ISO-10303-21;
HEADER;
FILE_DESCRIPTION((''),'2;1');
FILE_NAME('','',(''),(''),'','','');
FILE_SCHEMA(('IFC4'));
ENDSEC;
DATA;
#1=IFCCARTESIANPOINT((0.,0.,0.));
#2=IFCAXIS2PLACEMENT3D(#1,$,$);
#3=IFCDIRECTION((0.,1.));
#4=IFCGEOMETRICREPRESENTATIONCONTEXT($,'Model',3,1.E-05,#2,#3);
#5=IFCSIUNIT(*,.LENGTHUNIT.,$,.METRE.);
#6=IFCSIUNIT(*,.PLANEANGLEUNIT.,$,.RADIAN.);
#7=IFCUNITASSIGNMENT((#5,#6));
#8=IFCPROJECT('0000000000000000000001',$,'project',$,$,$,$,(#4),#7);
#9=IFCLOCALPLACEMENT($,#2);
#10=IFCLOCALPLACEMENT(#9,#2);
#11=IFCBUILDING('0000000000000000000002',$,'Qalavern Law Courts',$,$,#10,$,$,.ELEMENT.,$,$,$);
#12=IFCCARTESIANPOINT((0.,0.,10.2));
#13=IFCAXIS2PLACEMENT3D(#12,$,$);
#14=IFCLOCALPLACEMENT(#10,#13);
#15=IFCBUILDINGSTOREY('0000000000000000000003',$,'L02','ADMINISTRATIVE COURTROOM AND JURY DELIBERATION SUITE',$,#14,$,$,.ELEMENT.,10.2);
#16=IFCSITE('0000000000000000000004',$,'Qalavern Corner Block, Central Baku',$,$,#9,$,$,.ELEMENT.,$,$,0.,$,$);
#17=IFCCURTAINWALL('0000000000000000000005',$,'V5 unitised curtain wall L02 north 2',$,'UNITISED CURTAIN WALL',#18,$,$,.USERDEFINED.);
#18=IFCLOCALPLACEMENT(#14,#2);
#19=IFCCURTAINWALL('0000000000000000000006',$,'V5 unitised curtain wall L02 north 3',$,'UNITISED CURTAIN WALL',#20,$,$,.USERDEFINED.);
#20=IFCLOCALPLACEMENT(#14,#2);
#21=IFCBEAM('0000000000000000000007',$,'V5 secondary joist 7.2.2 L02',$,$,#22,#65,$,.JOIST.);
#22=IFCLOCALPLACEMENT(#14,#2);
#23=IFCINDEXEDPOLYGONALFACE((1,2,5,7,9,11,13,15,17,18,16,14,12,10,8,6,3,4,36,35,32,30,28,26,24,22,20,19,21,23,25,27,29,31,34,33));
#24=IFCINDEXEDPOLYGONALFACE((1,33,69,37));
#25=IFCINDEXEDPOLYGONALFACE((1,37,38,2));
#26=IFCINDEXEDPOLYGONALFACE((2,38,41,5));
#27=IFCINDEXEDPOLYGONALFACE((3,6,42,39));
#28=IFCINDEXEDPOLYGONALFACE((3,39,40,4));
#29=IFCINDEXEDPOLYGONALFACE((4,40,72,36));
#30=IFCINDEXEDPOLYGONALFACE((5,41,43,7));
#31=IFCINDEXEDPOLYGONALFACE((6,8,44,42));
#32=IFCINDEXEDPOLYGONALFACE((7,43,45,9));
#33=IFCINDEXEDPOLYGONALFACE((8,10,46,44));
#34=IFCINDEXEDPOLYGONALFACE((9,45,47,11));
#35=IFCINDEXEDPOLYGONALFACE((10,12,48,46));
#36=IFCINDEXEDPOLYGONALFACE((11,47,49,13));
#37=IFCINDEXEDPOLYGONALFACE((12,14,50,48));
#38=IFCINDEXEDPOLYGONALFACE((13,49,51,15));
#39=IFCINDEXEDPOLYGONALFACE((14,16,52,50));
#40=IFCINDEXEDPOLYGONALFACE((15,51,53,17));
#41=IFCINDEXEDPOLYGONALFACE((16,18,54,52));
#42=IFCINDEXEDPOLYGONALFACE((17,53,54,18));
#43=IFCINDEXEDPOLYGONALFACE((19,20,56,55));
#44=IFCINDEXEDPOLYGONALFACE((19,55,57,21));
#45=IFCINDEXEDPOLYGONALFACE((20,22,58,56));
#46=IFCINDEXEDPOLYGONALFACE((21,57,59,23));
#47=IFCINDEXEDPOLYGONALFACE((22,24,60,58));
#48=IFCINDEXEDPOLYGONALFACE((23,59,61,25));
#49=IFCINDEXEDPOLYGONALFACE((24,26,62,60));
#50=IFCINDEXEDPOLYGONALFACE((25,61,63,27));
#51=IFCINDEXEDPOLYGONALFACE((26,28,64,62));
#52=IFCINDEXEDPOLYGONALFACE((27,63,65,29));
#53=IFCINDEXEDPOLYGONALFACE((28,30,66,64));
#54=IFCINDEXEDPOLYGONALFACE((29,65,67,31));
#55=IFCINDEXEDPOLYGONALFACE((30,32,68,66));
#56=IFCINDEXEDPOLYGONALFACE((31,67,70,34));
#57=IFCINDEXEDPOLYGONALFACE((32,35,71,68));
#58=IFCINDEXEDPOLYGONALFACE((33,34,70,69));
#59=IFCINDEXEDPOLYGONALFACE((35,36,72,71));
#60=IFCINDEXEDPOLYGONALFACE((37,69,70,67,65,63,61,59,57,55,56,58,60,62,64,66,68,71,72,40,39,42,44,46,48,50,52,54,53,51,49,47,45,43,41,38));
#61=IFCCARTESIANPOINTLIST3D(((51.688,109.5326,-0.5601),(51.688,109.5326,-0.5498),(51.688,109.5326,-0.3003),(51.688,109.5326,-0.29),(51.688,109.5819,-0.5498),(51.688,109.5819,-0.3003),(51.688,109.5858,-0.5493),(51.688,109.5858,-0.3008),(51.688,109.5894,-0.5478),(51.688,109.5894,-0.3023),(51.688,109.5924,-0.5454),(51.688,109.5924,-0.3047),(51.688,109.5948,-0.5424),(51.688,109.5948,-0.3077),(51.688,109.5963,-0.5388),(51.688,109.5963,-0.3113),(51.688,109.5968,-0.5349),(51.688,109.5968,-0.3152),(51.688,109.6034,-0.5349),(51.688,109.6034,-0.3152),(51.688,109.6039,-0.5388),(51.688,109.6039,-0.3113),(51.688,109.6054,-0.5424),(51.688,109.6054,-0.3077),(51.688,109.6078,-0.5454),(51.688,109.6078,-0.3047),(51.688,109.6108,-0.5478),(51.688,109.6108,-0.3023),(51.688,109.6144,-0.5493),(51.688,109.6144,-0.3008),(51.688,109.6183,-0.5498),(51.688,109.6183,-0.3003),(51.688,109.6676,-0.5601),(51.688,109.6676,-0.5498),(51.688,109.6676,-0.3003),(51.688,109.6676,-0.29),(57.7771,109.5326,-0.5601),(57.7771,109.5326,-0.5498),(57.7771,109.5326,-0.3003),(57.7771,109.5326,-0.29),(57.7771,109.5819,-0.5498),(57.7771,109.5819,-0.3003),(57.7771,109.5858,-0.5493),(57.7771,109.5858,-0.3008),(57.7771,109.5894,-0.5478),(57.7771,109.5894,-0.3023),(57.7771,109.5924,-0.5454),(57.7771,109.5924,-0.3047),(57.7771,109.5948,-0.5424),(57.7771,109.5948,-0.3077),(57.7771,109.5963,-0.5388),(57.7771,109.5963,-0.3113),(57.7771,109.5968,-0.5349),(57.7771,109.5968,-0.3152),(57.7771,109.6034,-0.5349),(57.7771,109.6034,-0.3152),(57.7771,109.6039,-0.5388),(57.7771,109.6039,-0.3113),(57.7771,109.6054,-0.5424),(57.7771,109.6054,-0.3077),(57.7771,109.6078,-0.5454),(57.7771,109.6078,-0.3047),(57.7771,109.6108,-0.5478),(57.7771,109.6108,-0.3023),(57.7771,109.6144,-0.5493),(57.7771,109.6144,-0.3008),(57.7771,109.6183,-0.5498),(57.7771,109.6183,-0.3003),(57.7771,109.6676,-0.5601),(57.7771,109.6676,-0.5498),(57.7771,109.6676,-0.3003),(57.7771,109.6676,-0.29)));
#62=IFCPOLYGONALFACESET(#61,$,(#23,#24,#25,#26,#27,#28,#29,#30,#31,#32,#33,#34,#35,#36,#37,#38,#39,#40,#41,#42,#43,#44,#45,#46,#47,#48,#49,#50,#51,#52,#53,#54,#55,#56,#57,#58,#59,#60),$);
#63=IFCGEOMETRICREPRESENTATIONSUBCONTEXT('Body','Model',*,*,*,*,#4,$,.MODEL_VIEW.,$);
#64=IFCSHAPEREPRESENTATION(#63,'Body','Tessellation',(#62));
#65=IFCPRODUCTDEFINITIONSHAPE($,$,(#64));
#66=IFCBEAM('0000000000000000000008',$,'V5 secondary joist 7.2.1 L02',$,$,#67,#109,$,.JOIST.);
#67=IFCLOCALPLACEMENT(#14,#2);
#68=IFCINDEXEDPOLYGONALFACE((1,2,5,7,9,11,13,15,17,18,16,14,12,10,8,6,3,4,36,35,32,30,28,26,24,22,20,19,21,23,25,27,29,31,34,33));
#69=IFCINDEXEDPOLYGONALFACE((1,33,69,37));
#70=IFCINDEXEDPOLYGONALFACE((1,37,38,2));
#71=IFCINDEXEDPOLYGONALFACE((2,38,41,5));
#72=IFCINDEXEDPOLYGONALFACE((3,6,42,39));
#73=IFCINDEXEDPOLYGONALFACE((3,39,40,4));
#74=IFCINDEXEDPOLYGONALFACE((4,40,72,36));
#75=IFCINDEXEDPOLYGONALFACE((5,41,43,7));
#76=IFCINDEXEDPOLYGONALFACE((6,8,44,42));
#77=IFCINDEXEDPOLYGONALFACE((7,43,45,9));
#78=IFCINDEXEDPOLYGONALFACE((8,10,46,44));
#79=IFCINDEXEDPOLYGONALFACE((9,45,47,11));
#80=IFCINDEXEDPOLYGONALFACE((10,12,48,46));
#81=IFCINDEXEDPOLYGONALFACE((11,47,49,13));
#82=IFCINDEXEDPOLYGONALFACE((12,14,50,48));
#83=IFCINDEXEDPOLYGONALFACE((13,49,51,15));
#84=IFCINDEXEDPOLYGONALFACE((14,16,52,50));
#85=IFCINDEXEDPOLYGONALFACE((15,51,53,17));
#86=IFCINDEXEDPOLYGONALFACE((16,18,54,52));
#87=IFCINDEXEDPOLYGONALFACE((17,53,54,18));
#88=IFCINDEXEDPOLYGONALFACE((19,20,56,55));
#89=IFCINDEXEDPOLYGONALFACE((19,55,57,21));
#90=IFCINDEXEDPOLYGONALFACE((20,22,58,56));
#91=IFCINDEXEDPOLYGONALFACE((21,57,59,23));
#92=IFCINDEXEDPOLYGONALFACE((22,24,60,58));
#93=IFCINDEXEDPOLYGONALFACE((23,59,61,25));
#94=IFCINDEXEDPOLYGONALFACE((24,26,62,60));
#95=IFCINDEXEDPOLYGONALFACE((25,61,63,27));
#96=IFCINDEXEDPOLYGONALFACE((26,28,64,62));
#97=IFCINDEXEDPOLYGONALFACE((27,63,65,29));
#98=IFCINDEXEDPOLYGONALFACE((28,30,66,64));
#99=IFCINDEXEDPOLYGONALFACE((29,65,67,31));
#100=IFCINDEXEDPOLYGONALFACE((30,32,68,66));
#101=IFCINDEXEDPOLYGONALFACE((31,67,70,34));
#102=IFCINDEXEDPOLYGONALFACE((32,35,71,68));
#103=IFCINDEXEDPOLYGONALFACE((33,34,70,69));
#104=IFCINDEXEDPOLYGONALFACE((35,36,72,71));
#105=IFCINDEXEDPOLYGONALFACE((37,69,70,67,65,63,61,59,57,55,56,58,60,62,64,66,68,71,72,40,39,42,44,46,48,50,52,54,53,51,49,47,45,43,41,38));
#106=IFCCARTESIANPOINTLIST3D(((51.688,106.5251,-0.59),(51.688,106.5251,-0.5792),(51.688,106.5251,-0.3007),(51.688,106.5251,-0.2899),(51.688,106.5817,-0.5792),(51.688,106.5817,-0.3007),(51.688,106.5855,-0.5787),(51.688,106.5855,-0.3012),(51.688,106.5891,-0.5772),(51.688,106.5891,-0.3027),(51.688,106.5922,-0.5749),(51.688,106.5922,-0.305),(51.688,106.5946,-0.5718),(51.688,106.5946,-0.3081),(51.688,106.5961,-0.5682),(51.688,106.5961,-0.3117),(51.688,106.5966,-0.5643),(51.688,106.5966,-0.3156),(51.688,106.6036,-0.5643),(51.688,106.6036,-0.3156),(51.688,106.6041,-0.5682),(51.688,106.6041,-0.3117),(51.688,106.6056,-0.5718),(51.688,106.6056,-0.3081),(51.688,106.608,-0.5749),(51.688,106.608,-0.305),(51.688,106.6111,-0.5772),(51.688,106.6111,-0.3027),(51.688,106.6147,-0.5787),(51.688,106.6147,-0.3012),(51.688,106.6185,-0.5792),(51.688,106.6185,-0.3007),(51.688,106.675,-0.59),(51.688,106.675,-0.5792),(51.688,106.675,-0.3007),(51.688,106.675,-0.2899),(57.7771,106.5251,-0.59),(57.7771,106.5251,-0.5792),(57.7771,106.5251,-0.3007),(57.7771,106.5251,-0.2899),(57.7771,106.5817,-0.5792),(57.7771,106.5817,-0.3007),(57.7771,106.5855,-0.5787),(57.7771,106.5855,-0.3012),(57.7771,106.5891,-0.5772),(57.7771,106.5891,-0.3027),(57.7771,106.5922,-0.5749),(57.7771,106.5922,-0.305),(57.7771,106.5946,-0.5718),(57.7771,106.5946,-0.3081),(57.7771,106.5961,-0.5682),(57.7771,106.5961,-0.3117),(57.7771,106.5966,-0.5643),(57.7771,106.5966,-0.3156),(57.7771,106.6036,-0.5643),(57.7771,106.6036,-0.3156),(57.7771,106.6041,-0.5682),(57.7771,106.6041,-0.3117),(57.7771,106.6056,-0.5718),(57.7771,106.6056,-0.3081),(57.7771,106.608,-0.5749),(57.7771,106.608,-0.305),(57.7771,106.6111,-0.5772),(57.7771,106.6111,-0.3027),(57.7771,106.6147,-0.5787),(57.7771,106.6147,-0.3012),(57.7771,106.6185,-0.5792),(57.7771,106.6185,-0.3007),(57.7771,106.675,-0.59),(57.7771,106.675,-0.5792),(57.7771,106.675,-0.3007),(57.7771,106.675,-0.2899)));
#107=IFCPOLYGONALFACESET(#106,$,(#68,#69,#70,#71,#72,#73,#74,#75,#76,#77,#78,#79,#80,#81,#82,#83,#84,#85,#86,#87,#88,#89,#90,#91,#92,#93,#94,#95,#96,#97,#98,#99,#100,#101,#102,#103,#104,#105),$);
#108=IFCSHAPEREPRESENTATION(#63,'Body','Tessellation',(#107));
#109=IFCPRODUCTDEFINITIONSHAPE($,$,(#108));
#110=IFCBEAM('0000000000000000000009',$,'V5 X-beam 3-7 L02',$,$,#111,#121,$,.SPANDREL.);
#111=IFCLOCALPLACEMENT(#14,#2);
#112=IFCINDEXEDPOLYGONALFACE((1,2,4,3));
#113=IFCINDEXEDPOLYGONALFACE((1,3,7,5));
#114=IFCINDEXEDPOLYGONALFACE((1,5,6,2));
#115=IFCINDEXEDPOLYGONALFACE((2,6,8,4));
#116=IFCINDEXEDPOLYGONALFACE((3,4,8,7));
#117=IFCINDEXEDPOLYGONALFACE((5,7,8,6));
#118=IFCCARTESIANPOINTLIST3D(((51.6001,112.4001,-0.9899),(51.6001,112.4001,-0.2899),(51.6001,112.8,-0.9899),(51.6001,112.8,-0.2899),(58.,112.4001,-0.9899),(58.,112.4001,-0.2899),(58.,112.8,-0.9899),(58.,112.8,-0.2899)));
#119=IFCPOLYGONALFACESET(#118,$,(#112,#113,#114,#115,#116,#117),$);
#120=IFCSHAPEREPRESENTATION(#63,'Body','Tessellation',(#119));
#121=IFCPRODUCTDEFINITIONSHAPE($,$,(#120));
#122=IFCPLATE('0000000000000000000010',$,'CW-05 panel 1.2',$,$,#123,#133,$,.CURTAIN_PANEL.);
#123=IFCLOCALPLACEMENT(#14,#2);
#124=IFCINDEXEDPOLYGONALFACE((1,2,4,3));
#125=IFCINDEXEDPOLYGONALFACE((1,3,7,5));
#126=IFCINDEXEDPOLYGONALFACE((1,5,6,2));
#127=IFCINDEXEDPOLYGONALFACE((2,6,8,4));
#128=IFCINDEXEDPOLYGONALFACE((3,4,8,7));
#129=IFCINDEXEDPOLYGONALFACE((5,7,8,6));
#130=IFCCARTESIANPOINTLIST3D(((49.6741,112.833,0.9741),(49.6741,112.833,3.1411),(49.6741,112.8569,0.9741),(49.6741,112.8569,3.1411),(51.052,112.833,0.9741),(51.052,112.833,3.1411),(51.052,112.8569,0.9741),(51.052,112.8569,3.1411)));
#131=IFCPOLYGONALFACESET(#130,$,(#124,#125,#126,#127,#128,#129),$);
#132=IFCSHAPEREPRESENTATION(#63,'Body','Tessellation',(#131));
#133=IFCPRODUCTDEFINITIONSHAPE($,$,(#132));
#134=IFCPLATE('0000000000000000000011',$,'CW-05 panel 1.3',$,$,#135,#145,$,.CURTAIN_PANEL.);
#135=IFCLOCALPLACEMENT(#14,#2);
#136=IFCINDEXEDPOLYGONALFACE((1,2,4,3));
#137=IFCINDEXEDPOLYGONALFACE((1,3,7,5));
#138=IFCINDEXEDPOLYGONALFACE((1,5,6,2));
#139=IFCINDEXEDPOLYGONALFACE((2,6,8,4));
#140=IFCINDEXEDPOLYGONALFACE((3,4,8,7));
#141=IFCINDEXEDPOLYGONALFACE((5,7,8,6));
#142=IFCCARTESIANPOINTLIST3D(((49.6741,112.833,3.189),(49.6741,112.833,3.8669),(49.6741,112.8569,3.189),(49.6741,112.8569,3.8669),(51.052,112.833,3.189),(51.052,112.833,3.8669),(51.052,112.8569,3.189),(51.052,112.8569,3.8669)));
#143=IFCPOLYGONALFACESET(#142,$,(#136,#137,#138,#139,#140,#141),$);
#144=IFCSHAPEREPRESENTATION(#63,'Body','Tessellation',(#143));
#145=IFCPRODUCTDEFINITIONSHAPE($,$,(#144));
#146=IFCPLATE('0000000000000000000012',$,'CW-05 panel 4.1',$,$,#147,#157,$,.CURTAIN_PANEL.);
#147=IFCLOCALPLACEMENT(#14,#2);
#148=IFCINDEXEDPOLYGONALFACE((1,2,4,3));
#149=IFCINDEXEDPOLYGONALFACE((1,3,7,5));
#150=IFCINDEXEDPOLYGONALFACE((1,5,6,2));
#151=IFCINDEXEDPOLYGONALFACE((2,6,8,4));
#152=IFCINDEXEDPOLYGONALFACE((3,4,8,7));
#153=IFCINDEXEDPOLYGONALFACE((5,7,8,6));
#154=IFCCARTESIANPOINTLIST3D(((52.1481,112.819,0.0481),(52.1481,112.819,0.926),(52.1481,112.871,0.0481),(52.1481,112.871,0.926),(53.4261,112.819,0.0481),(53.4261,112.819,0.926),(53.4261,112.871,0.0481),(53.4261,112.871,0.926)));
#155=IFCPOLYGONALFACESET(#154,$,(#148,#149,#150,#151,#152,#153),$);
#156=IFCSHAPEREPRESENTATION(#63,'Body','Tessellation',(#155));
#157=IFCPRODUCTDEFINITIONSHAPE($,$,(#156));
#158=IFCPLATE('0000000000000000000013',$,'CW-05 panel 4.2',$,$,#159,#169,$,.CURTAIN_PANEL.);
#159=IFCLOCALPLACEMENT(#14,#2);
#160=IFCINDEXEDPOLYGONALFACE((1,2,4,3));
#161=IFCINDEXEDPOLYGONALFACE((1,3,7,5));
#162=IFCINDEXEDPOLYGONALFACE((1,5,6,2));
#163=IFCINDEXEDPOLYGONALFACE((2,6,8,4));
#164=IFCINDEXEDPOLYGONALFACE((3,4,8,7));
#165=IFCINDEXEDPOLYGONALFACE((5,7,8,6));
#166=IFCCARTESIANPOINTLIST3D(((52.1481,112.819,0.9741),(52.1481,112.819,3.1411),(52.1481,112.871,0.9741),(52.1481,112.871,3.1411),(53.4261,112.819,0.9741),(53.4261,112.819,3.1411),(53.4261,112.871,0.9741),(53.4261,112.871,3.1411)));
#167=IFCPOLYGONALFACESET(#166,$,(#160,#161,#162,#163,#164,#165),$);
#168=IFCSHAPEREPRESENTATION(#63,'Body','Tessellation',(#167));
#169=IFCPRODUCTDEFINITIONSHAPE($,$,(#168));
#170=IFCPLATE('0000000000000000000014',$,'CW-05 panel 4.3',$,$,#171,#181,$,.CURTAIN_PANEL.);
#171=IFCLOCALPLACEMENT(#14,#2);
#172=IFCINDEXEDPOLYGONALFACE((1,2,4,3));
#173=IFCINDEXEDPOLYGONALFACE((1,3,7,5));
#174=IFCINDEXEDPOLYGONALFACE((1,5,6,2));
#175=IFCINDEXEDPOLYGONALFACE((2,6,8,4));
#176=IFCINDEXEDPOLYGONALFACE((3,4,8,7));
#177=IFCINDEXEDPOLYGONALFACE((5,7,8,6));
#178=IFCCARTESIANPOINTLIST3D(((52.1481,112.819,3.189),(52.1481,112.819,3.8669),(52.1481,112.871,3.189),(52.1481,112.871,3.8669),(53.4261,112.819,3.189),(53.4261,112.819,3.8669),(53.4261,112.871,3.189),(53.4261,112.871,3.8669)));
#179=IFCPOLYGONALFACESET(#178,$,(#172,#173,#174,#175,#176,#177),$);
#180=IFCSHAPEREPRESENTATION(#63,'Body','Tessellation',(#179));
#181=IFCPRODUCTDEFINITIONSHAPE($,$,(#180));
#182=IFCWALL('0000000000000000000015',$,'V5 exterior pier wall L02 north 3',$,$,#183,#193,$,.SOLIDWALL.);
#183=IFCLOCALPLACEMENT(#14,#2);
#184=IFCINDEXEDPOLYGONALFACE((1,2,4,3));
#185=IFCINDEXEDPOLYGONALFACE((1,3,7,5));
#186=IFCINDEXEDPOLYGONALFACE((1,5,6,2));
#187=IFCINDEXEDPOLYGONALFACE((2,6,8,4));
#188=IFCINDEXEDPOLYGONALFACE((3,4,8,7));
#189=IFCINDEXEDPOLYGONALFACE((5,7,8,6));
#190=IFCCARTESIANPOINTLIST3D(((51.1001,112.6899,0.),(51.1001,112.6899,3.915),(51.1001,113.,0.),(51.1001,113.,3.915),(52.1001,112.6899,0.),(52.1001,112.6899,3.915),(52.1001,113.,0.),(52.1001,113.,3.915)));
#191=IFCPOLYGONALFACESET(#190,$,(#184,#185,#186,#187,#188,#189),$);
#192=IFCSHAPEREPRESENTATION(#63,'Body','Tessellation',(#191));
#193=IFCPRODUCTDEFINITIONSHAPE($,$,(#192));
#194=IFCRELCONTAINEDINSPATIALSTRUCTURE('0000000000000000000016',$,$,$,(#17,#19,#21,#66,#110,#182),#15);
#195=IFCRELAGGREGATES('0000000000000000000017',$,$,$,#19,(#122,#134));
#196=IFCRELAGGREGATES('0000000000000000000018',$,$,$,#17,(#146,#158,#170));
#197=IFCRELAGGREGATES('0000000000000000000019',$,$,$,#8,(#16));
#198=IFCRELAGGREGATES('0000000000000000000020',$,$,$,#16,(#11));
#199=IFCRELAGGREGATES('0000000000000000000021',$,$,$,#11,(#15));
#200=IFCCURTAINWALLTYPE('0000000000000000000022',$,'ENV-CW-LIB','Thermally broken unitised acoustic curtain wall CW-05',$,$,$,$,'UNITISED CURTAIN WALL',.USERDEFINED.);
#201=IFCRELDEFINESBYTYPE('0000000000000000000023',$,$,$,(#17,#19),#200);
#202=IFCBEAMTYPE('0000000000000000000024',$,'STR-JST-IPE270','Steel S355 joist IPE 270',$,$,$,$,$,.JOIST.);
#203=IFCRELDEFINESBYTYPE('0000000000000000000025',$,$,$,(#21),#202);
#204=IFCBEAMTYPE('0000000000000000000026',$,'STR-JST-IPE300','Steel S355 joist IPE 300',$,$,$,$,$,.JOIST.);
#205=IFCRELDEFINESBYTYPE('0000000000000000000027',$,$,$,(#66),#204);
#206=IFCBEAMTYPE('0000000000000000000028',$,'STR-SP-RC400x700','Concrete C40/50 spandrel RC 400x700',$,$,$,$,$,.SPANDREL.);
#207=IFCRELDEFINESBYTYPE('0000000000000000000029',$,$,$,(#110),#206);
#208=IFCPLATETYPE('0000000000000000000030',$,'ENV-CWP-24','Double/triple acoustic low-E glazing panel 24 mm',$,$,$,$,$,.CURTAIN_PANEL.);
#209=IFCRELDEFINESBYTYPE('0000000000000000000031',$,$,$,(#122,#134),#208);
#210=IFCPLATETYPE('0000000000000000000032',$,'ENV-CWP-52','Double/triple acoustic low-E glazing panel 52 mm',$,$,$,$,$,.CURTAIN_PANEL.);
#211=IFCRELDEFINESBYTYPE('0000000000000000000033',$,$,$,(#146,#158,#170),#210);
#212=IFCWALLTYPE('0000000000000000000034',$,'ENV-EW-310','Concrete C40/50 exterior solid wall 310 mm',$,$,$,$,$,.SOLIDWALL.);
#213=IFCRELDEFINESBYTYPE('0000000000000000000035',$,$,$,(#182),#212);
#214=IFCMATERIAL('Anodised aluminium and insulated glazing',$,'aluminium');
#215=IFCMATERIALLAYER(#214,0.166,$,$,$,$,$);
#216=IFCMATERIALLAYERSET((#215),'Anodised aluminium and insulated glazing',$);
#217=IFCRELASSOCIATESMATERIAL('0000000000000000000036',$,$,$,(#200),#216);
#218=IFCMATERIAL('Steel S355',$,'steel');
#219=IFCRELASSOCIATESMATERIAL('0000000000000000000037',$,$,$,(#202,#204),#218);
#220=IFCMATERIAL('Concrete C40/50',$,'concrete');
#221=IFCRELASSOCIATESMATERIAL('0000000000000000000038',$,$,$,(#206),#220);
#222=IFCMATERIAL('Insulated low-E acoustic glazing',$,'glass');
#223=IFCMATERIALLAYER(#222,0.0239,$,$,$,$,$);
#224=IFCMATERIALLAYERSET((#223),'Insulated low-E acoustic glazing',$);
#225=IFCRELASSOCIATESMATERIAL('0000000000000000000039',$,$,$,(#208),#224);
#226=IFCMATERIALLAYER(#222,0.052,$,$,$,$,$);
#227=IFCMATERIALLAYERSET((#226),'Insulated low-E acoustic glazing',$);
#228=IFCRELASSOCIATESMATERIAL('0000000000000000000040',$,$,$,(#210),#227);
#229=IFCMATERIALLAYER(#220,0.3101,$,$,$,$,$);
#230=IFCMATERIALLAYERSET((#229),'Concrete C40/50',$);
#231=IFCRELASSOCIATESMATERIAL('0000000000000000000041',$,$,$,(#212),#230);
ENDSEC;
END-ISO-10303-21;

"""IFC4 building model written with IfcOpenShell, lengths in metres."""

from ifc_helpers import new_model, si_unit, direction, frame, frame_2d, origin, origin_2d, place, context, subcontext, project, spatial, rectangle, i_section, extrude, material, layer, layer_set, material_profile, profile_set, type_object, element, aggregate, save


model = new_model("IFC4")

# Units and contexts
model_context = context("Model", 3, precision=1e-05, world=origin(), true_north=direction((0.0, 1.0)))
body_context = subcontext(model_context, "Body", "Model", "MODEL_VIEW")
ifc_project = project(units=[si_unit("LENGTHUNIT", "METRE"), si_unit("PLANEANGLEUNIT", "RADIAN")], contexts=[model_context])

# Site, building, storey
site_placement = place(None, origin())
site = spatial("IfcSite", under=ifc_project, at=site_placement, Name="Qalavern Corner Block, Central Baku", CompositionType="ELEMENT", RefElevation=0.0)
building_placement = place(site_placement, origin())
building = spatial("IfcBuilding", under=site, at=building_placement, Name="Qalavern Law Courts", CompositionType="ELEMENT")
storey_placement = place(building_placement, frame((0.0, 0.0, 10.2)))
storey = spatial("IfcBuildingStorey", under=building, at=storey_placement, Name="L02", Description="ADMINISTRATIVE COURTROOM AND JURY DELIBERATION SUITE", CompositionType="ELEMENT", Elevation=10.2)

# Curtain walls
ifc_material_1 = material(Name="Anodised aluminium and insulated glazing", Category="aluminium")
ifc_layer_1 = layer(ifc_material_1, 0.166)
ifc_layer_set_1 = layer_set([ifc_layer_1], Name="Anodised aluminium and insulated glazing")
curtain_wall_type = type_object("IfcCurtainWallType", Name="ENV-CW-LIB", Description="Thermally broken unitised acoustic curtain wall CW-05", ElementType="UNITISED CURTAIN WALL", PredefinedType="USERDEFINED", material=ifc_layer_set_1)
curtain_wall_1_placement = place(storey_placement, origin())
curtain_wall_1 = element("IfcCurtainWall", 1, at=curtain_wall_1_placement, inside=storey, type_object=curtain_wall_type, Name="V5 unitised curtain wall L02 north 2", ObjectType="UNITISED CURTAIN WALL", PredefinedType="USERDEFINED")
curtain_wall_2_placement = place(storey_placement, origin())
curtain_wall_2 = element("IfcCurtainWall", 2, at=curtain_wall_2_placement, inside=storey, type_object=curtain_wall_type, Name="V5 unitised curtain wall L02 north 3", ObjectType="UNITISED CURTAIN WALL", PredefinedType="USERDEFINED")

# Beams
ifc_material_2 = material(Name="Steel S355", Category="steel")
ifc_material_profile_1 = material_profile(ifc_material_2, i_section(OverallWidth=0.135, OverallDepth=0.27, WebThickness=0.0066, FlangeThickness=0.0103, FilletRadius=0.0149, at=origin_2d()), Name="IPE 270")
ifc_profile_set_1 = profile_set([ifc_material_profile_1], Name="Steel S355")
beam_type_1 = type_object("IfcBeamType", Name="STR-JST-IPE270", Description="Steel S355 joist IPE 270", PredefinedType="JOIST", material=ifc_profile_set_1)
beam_1_placement = place(storey_placement, frame((51.688, 109.6001, -0.425), z_axis=(1.0, 0.0, 0.0), x_axis=(0.0, 1.0, 0.0)))
element("IfcBeam", 3, at=beam_1_placement, inside=storey, type_object=beam_type_1, Name="V5 secondary joist 7.2.2 L02", PredefinedType="JOIST", context=body_context, shape_type="SweptSolid", body=[
    extrude(i_section(OverallWidth=0.135, OverallDepth=0.27, WebThickness=0.0066, FlangeThickness=0.0103, FilletRadius=0.0149, at=origin_2d()), origin(), (0.0, 0.0, 1.0), 6.0891),
])
ifc_material_profile_2 = material_profile(ifc_material_2, i_section(OverallWidth=0.1499, OverallDepth=0.3, WebThickness=0.0071, FlangeThickness=0.0107, FilletRadius=0.0149, at=origin_2d()), Name="IPE 300")
ifc_profile_set_2 = profile_set([ifc_material_profile_2], Name="Steel S355")
beam_type_2 = type_object("IfcBeamType", Name="STR-JST-IPE300", Description="Steel S355 joist IPE 300", PredefinedType="JOIST", material=ifc_profile_set_2)
beam_2_placement = place(storey_placement, frame((51.688, 106.6001, -0.4399), z_axis=(1.0, 0.0, 0.0), x_axis=(0.0, 1.0, 0.0)))
element("IfcBeam", 4, at=beam_2_placement, inside=storey, type_object=beam_type_2, Name="V5 secondary joist 7.2.1 L02", PredefinedType="JOIST", context=body_context, shape_type="SweptSolid", body=[
    extrude(i_section(OverallWidth=0.1499, OverallDepth=0.3, WebThickness=0.0071, FlangeThickness=0.0107, FilletRadius=0.0149, at=origin_2d()), origin(), (0.0, 0.0, 1.0), 6.0891),
])
ifc_material_3 = material(Name="Concrete C40/50", Category="concrete")
ifc_material_profile_3 = material_profile(ifc_material_3, rectangle(XDim=0.3999, YDim=0.7, at=origin_2d()), Name="RC 400x700")
ifc_profile_set_3 = profile_set([ifc_material_profile_3], Name="Concrete C40/50")
beam_type_3 = type_object("IfcBeamType", Name="STR-SP-RC400x700", Description="Concrete C40/50 spandrel RC 400x700", PredefinedType="SPANDREL", material=ifc_profile_set_3)
beam_3_placement = place(storey_placement, frame((51.6001, 112.6001, -0.6399), z_axis=(1.0, 0.0, 0.0), x_axis=(0.0, 1.0, 0.0)))
element("IfcBeam", 5, at=beam_3_placement, inside=storey, type_object=beam_type_3, Name="V5 X-beam 3-7 L02", PredefinedType="SPANDREL", context=body_context, shape_type="SweptSolid", body=[
    extrude(rectangle(XDim=0.3999, YDim=0.7, at=origin_2d()), origin(), (0.0, 0.0, 1.0), 6.3999),
])

# Plates
ifc_material_4 = material(Name="Insulated low-E acoustic glazing", Category="glass")
ifc_layer_2 = layer(ifc_material_4, 0.0239)
ifc_layer_set_2 = layer_set([ifc_layer_2], Name="Insulated low-E acoustic glazing")
plate_type_1 = type_object("IfcPlateType", Name="ENV-CWP-24", Description="Double/triple acoustic low-E glazing panel 24 mm", PredefinedType="CURTAIN_PANEL", material=ifc_layer_set_2)
plate_1_placement = place(storey_placement, frame((50.363, 112.845, 0.9741), z_axis=(0.0, 0.0, 1.0), x_axis=(-1.0, 0.0, 0.0)))
plate_1 = element("IfcPlate", 6, at=plate_1_placement, type_object=plate_type_1, Name="CW-05 panel 1.2", PredefinedType="CURTAIN_PANEL", context=body_context, shape_type="SweptSolid", body=[
    extrude(rectangle(XDim=1.3779, YDim=0.0239, at=origin_2d()), origin(), (0.0, 0.0, 1.0), 2.167),
])
plate_2_placement = place(storey_placement, frame((50.363, 112.845, 3.189), z_axis=(0.0, 0.0, 1.0), x_axis=(-1.0, 0.0, 0.0)))
plate_2 = element("IfcPlate", 7, at=plate_2_placement, type_object=plate_type_1, Name="CW-05 panel 1.3", PredefinedType="CURTAIN_PANEL", context=body_context, shape_type="SweptSolid", body=[
    extrude(rectangle(XDim=1.3779, YDim=0.0239, at=origin_2d()), origin(), (0.0, 0.0, 1.0), 0.678),
])
aggregate(curtain_wall_2, [plate_1, plate_2])
ifc_layer_3 = layer(ifc_material_4, 0.052)
ifc_layer_set_3 = layer_set([ifc_layer_3], Name="Insulated low-E acoustic glazing")
plate_type_2 = type_object("IfcPlateType", Name="ENV-CWP-52", Description="Double/triple acoustic low-E glazing panel 52 mm", PredefinedType="CURTAIN_PANEL", material=ifc_layer_set_3)
plate_3_placement = place(storey_placement, frame((52.7871, 112.845, 0.0481), z_axis=(0.0, 0.0, 1.0), x_axis=(-1.0, 0.0, 0.0)))
plate_3 = element("IfcPlate", 8, at=plate_3_placement, type_object=plate_type_2, Name="CW-05 panel 4.1", PredefinedType="CURTAIN_PANEL", context=body_context, shape_type="SweptSolid", body=[
    extrude(rectangle(XDim=1.2781, YDim=0.052, at=origin_2d()), origin(), (0.0, 0.0, 1.0), 0.8779),
])
plate_4_placement = place(storey_placement, frame((52.7871, 112.845, 0.9741), z_axis=(0.0, 0.0, 1.0), x_axis=(-1.0, 0.0, 0.0)))
plate_4 = element("IfcPlate", 9, at=plate_4_placement, type_object=plate_type_2, Name="CW-05 panel 4.2", PredefinedType="CURTAIN_PANEL", context=body_context, shape_type="SweptSolid", body=[
    extrude(rectangle(XDim=1.2781, YDim=0.052, at=origin_2d()), origin(), (0.0, 0.0, 1.0), 2.167),
])
plate_5_placement = place(storey_placement, frame((52.7871, 112.845, 3.189), z_axis=(0.0, 0.0, 1.0), x_axis=(-1.0, 0.0, 0.0)))
plate_5 = element("IfcPlate", 10, at=plate_5_placement, type_object=plate_type_2, Name="CW-05 panel 4.3", PredefinedType="CURTAIN_PANEL", context=body_context, shape_type="SweptSolid", body=[
    extrude(rectangle(XDim=1.2781, YDim=0.052, at=origin_2d()), origin(), (0.0, 0.0, 1.0), 0.678),
])
aggregate(curtain_wall_1, [plate_3, plate_4, plate_5])

# Wall
ifc_layer_4 = layer(ifc_material_3, 0.3101)
ifc_layer_set_4 = layer_set([ifc_layer_4], Name="Concrete C40/50")
wall_type = type_object("IfcWallType", Name="ENV-EW-310", Description="Concrete C40/50 exterior solid wall 310 mm", PredefinedType="SOLIDWALL", material=ifc_layer_set_4)
wall_placement = place(storey_placement, frame((52.1001, 112.845, 0.0), z_axis=(0.0, 0.0, 1.0), x_axis=(-1.0, 0.0, 0.0)))
element("IfcWall", 11, at=wall_placement, inside=storey, type_object=wall_type, Name="V5 exterior pier wall L02 north 3", PredefinedType="SOLIDWALL", context=body_context, shape_type="SweptSolid", body=[
    extrude(rectangle(XDim=1.0, YDim=0.3101, at=frame_2d((0.5, 0.0))), origin(), (0.0, 0.0, 1.0), 3.915),
])

save(model, "model.ifc")
